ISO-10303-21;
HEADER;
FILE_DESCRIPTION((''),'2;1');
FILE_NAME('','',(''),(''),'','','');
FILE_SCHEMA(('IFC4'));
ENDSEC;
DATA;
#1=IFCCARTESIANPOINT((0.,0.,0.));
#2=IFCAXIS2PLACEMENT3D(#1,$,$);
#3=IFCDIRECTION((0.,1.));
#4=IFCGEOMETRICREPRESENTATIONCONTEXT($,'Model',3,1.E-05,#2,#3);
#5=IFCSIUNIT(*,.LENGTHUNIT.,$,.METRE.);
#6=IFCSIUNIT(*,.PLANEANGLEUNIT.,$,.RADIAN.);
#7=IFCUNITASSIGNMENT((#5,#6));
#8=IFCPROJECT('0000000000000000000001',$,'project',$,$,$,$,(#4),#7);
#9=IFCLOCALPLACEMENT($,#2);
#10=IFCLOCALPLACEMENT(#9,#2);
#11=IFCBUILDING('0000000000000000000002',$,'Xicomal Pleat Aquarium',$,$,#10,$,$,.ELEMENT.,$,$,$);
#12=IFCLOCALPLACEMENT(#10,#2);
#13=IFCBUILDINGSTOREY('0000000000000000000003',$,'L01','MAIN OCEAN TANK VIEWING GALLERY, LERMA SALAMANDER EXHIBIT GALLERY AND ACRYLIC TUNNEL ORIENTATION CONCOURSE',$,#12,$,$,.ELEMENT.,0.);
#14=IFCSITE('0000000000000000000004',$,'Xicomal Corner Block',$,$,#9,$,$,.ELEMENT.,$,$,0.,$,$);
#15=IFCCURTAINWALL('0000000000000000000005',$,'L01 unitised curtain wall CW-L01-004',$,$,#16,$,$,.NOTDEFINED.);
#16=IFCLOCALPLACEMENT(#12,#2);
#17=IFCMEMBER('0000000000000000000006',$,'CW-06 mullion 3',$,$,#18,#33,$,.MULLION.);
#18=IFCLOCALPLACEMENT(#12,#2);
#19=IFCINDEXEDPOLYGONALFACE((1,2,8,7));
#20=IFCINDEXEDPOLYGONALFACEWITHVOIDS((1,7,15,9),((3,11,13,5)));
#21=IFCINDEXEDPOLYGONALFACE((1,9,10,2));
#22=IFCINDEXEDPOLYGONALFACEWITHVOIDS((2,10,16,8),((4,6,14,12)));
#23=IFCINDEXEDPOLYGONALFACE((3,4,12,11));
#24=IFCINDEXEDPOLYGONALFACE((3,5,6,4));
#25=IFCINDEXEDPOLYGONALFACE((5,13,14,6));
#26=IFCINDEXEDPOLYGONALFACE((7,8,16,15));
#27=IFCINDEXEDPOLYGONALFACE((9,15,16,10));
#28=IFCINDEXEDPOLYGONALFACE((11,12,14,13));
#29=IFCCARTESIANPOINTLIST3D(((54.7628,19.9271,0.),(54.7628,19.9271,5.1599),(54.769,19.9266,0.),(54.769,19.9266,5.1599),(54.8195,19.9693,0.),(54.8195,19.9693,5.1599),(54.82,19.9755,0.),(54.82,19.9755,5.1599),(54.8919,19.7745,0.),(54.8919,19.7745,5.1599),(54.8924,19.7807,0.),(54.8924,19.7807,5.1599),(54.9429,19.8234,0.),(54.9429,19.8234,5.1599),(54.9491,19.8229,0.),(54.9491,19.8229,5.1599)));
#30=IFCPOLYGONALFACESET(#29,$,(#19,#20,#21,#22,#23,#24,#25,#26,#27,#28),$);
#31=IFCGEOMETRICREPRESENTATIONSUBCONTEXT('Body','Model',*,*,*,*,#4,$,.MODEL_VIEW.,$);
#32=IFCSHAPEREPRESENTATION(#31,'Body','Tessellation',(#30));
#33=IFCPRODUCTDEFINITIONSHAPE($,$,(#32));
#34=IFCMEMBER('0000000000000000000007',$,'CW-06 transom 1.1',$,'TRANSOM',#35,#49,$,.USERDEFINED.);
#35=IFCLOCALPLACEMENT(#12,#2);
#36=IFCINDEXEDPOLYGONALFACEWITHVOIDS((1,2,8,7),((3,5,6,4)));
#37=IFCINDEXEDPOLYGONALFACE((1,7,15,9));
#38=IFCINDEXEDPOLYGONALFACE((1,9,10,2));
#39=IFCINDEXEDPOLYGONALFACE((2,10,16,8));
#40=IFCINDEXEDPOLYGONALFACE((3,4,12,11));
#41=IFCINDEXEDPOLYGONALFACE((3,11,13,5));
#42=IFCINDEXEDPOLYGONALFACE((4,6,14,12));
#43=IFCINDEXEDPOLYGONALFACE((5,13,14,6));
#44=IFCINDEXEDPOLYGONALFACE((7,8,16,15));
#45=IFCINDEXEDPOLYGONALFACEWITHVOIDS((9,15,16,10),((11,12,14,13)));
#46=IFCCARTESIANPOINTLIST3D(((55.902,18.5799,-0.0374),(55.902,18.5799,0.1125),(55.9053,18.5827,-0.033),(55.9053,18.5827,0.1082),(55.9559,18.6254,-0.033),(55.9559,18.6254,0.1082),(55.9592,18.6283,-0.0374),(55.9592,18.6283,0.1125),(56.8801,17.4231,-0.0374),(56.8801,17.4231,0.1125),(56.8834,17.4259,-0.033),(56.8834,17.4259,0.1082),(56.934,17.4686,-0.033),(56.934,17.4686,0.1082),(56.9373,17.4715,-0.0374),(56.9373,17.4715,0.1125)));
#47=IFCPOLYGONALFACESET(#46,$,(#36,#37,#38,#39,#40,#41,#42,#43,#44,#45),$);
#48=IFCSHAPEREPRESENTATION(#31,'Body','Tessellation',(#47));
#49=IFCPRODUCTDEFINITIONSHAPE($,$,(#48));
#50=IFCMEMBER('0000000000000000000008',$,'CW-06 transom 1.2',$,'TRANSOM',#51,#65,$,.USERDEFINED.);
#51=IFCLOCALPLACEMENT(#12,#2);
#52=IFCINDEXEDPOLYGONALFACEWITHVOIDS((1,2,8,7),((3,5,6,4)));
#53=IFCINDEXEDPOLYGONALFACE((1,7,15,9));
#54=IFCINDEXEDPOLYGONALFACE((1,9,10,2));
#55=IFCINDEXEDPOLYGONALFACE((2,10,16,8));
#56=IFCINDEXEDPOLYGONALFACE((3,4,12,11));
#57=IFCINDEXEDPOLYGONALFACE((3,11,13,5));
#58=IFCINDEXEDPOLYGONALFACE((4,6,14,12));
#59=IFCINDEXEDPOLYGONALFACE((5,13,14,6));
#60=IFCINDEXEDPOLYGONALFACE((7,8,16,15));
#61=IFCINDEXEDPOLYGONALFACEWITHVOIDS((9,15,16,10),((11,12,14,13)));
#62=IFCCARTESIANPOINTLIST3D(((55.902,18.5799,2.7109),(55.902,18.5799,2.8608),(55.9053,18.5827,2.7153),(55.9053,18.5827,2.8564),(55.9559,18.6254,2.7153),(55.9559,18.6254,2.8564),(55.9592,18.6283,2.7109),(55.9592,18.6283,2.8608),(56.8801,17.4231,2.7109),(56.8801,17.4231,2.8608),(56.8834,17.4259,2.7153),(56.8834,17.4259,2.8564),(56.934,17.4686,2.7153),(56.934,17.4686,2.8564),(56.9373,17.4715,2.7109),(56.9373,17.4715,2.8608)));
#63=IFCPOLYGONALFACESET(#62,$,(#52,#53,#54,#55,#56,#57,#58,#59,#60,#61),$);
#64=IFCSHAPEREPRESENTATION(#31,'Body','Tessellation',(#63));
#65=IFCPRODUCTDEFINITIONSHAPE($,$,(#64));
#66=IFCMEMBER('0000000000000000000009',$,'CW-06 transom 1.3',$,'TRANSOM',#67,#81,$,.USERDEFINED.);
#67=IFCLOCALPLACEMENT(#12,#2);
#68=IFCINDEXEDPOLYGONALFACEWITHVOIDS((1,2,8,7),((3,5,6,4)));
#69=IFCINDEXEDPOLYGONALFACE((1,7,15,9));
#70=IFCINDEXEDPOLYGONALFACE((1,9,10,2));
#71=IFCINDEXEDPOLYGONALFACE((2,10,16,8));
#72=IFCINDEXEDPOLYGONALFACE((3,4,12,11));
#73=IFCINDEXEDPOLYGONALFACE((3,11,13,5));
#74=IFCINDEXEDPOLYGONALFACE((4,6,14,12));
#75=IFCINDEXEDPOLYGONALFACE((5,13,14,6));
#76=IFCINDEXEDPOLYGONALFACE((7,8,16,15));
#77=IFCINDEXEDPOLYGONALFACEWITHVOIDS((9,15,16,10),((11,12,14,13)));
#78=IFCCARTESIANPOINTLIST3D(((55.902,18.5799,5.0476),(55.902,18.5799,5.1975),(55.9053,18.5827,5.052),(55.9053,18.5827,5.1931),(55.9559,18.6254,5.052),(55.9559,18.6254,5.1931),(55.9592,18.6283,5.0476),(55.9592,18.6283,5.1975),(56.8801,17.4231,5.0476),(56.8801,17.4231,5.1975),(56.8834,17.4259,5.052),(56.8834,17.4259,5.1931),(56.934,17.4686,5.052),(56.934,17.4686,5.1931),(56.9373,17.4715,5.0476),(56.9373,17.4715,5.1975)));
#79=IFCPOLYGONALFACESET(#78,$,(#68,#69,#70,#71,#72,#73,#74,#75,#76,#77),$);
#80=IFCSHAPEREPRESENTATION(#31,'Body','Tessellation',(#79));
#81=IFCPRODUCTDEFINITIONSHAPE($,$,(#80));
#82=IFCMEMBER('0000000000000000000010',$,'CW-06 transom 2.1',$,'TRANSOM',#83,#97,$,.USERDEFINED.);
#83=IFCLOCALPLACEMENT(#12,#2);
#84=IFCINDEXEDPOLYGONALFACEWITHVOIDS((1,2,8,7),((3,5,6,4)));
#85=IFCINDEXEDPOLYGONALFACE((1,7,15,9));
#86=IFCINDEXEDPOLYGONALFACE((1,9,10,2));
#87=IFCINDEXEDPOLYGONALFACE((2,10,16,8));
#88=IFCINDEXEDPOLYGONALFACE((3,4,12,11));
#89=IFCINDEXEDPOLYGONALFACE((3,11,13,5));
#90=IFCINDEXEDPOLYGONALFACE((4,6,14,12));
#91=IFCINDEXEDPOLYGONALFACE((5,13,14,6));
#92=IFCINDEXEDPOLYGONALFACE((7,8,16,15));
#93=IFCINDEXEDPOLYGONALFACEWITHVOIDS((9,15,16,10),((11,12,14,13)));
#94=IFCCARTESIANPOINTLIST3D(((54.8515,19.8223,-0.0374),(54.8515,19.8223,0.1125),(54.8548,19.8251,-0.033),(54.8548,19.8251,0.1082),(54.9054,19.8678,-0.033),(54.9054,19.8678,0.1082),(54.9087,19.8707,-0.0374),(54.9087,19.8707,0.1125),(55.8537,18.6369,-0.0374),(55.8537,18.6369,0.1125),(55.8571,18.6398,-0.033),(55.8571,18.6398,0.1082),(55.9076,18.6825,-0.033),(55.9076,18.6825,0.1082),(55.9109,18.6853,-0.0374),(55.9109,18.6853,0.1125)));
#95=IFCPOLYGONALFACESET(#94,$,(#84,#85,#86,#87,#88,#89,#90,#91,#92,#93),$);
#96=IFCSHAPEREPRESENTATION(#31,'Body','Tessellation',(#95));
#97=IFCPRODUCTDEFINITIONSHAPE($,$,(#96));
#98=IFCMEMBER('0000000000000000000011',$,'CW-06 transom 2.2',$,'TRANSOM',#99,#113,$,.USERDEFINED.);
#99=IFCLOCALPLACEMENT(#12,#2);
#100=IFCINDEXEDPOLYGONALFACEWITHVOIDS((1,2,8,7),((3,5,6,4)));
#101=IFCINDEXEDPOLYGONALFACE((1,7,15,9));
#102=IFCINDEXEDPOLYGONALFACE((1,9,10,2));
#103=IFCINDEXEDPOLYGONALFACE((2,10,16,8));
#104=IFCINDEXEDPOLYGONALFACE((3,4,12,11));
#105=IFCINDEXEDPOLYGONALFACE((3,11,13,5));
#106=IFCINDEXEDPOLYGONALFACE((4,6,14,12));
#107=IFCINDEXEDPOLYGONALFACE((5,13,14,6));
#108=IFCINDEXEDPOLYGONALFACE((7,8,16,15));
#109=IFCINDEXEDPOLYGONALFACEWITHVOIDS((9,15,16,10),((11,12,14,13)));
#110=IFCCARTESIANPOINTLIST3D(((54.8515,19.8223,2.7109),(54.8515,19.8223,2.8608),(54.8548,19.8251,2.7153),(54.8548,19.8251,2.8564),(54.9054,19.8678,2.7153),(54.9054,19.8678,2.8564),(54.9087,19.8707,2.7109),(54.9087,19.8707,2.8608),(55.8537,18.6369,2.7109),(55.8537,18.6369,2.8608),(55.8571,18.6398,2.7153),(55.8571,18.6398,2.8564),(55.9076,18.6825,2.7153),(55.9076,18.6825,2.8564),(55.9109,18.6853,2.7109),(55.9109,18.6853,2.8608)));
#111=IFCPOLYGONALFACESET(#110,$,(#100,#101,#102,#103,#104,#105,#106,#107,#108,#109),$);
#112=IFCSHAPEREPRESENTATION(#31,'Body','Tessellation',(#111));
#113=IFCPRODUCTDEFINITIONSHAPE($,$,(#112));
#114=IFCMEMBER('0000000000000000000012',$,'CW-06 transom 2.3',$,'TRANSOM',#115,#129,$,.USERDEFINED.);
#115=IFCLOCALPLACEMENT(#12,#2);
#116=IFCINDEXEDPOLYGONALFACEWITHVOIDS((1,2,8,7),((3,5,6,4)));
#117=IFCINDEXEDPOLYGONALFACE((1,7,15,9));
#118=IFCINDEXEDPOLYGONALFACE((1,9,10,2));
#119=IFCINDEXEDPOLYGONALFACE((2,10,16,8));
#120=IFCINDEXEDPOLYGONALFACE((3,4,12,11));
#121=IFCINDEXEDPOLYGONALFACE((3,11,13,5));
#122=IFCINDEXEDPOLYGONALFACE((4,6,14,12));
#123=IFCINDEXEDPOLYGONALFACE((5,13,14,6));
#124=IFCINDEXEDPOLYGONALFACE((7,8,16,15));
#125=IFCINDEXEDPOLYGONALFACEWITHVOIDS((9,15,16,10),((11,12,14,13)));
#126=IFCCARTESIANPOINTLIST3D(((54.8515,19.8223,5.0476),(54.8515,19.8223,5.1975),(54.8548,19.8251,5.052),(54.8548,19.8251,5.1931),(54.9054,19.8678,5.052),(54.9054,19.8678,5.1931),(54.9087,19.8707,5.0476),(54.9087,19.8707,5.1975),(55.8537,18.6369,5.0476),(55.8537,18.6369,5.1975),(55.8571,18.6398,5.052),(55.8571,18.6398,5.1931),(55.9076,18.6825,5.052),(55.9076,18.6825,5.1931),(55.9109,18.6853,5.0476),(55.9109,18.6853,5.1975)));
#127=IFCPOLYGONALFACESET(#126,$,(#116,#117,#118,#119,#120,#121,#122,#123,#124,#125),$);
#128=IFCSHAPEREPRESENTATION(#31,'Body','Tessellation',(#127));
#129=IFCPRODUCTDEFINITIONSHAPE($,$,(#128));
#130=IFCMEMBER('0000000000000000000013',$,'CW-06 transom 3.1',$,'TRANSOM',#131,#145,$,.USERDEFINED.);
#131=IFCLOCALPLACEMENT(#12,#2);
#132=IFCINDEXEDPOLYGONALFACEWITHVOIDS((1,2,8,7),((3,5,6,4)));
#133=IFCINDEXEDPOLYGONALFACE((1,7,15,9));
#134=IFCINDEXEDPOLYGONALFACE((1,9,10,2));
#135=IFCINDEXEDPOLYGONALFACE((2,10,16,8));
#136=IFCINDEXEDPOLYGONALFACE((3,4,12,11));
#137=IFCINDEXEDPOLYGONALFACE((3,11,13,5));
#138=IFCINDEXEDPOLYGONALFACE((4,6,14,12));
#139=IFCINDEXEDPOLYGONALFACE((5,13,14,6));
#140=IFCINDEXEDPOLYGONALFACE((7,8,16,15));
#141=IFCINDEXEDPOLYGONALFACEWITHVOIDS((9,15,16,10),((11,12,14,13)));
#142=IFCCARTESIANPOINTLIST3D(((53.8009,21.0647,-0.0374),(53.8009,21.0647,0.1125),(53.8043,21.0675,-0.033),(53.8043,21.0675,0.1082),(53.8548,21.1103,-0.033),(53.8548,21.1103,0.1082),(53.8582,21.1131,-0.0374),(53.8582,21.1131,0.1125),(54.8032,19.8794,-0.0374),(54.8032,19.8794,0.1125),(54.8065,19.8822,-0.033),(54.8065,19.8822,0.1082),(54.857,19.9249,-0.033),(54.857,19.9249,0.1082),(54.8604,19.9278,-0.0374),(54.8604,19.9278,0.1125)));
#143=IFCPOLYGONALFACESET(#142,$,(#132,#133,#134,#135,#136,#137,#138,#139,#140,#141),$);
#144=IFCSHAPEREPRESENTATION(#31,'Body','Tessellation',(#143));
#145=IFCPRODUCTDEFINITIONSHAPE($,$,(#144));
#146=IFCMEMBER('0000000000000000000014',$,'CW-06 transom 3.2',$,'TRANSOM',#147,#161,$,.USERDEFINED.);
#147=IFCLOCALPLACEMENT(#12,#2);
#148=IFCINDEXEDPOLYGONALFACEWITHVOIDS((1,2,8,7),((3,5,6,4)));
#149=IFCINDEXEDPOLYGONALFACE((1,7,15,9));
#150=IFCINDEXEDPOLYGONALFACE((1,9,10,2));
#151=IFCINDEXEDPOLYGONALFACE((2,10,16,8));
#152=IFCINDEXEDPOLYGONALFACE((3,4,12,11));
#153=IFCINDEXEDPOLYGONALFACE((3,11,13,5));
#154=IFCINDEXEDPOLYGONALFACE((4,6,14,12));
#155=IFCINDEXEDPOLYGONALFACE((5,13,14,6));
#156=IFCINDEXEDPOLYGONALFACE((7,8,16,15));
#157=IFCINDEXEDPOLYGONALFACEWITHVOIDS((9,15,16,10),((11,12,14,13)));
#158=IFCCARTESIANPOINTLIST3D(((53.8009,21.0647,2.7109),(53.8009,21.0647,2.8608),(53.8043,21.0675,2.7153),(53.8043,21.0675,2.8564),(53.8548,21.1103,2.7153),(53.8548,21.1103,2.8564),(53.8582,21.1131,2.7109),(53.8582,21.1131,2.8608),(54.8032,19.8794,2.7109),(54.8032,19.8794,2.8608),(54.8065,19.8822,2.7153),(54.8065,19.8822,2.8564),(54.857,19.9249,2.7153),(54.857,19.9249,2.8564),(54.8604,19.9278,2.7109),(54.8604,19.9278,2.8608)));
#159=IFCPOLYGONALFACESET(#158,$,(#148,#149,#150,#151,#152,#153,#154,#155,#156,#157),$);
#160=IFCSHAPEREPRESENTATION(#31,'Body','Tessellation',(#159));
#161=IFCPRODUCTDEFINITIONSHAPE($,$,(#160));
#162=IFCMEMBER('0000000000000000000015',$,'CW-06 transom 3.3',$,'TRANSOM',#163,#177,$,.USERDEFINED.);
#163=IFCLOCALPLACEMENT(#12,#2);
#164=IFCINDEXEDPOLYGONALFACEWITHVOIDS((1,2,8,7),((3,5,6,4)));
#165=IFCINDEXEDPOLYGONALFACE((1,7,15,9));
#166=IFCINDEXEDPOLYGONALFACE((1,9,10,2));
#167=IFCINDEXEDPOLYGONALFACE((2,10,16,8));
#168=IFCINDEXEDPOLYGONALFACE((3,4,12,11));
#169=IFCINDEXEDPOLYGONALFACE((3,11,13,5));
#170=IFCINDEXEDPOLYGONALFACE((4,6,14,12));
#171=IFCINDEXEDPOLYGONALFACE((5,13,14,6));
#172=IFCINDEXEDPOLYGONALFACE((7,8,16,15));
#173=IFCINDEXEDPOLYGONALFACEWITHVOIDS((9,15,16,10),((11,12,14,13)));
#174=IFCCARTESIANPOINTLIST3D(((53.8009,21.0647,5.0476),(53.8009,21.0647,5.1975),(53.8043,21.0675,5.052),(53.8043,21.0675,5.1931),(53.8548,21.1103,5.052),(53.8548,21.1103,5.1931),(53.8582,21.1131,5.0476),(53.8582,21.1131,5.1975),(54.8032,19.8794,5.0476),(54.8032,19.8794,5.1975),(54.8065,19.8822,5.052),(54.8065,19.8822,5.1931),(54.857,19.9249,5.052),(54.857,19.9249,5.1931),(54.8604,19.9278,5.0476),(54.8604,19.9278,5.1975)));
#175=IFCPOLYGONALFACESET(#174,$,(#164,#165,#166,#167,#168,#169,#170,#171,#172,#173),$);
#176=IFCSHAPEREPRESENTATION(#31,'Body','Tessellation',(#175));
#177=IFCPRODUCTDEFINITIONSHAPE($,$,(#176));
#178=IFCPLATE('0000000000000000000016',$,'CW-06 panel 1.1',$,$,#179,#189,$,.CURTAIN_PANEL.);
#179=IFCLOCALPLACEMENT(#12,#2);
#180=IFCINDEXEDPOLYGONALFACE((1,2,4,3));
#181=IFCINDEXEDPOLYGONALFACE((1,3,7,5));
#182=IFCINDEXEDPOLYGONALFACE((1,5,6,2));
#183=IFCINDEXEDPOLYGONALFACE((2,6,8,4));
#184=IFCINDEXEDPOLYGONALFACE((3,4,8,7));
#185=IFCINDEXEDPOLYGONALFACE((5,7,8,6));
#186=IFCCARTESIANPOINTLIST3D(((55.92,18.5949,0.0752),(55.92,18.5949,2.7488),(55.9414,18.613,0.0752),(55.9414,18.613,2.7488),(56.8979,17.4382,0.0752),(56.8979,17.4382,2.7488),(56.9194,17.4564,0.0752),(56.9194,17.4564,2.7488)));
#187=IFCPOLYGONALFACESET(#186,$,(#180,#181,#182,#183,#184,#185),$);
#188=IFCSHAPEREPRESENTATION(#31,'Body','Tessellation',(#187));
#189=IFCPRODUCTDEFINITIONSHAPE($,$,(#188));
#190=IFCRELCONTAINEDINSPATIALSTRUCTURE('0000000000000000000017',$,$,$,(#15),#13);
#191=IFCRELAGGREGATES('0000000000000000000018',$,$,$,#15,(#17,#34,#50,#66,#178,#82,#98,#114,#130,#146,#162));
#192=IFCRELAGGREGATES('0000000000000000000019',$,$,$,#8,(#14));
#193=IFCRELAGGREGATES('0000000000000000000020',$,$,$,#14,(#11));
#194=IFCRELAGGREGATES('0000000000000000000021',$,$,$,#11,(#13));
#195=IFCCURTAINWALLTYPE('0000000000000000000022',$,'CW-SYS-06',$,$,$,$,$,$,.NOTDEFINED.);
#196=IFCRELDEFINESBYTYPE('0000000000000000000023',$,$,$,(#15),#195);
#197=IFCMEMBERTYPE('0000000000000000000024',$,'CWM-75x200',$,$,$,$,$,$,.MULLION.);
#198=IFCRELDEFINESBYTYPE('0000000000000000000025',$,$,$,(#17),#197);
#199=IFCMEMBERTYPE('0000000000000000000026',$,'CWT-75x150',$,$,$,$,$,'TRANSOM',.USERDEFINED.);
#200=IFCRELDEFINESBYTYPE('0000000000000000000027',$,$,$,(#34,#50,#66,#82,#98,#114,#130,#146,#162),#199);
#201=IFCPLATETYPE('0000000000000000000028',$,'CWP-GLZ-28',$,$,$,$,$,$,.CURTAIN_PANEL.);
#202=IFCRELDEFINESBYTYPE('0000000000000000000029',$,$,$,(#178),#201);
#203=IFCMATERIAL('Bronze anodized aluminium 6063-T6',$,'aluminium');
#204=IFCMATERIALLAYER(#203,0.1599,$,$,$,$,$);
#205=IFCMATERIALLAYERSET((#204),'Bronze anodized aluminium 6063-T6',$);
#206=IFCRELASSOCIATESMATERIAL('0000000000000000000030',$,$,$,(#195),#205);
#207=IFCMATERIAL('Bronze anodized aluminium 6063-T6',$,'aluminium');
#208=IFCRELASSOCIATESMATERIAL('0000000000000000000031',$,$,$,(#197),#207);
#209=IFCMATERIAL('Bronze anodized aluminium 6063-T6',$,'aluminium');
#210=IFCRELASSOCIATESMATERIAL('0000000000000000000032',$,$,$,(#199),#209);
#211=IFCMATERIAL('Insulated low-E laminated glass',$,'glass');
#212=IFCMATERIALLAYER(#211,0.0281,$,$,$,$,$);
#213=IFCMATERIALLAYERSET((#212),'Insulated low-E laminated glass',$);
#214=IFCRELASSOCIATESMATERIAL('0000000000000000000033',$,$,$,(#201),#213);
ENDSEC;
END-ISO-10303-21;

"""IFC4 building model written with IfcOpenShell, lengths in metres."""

from ifc_helpers import new_model, si_unit, direction, frame, origin, origin_2d, place, context, subcontext, project, spatial, rectangle, hollow_rectangle, extrude, material, layer, layer_set, material_profile, profile_set, type_object, element, aggregate, save


model = new_model("IFC4")

# Units and contexts
model_context = context("Model", 3, precision=1e-05, world=origin(), true_north=direction((0.0, 1.0)))
body_context = subcontext(model_context, "Body", "Model", "MODEL_VIEW")
ifc_project = project(units=[si_unit("LENGTHUNIT", "METRE"), si_unit("PLANEANGLEUNIT", "RADIAN")], contexts=[model_context])

# Site, building, storey
site_placement = place(None, origin())
site = spatial("IfcSite", under=ifc_project, at=site_placement, Name="Xicomal Corner Block", CompositionType="ELEMENT", RefElevation=0.0)
building_placement = place(site_placement, origin())
building = spatial("IfcBuilding", under=site, at=building_placement, Name="Xicomal Pleat Aquarium", CompositionType="ELEMENT")
storey_placement = place(building_placement, origin())
storey = spatial("IfcBuildingStorey", under=building, at=storey_placement, Name="L01", Description="MAIN OCEAN TANK VIEWING GALLERY, LERMA SALAMANDER EXHIBIT GALLERY AND ACRYLIC TUNNEL ORIENTATION CONCOURSE", CompositionType="ELEMENT", Elevation=0.0)

# Curtain wall, members, plate
ifc_material_1 = material(Name="Bronze anodized aluminium 6063-T6", Category="aluminium")
ifc_layer_1 = layer(ifc_material_1, 0.1599)
ifc_layer_set_1 = layer_set([ifc_layer_1], Name="Bronze anodized aluminium 6063-T6")
curtain_wall_type = type_object("IfcCurtainWallType", Name="CW-SYS-06", PredefinedType="NOTDEFINED", material=ifc_layer_set_1)
curtain_wall_placement = place(storey_placement, origin())
curtain_wall = element("IfcCurtainWall", 1, at=curtain_wall_placement, inside=storey, type_object=curtain_wall_type, Name="L01 unitised curtain wall CW-L01-004", PredefinedType="NOTDEFINED")
ifc_material_2 = material(Name="Bronze anodized aluminium 6063-T6", Category="aluminium")
ifc_material_profile_1 = material_profile(ifc_material_2, hollow_rectangle(XDim=0.075, YDim=0.2, WallThickness=0.0044, at=origin_2d()), Name="ALU MULL 75x200")
ifc_profile_set_1 = profile_set([ifc_material_profile_1], Name="Bronze anodized aluminium 6063-T6")
member_type_1 = type_object("IfcMemberType", Name="CWM-75x200", PredefinedType="MULLION", material=ifc_profile_set_1)
member_1_placement = place(storey_placement, frame((54.856, 19.875, 0.0), z_axis=(0.0, 0.0, 1.0), x_axis=(-0.763643, -0.645639, 0.0)))
member_1 = element("IfcMember", 2, at=member_1_placement, type_object=member_type_1, Name="CW-06 mullion 3", PredefinedType="MULLION", context=body_context, shape_type="SweptSolid", body=[
    extrude(hollow_rectangle(XDim=0.075, YDim=0.2, WallThickness=0.0044, at=origin_2d()), origin(), (0.0, 0.0, 1.0), 5.1599),
])
ifc_material_3 = material(Name="Bronze anodized aluminium 6063-T6", Category="aluminium")
ifc_material_profile_2 = material_profile(ifc_material_3, hollow_rectangle(XDim=0.075, YDim=0.1499, WallThickness=0.0044, at=origin_2d()), Name="ALU TRAN 75x150")
ifc_profile_set_2 = profile_set([ifc_material_profile_2], Name="Bronze anodized aluminium 6063-T6")
member_type_2 = type_object("IfcMemberType", Name="CWT-75x150", ElementType="TRANSOM", PredefinedType="USERDEFINED", material=ifc_profile_set_2)
member_2_placement = place(storey_placement, frame((56.9087, 17.4473, 0.0376), z_axis=(-0.645653, 0.763631, 0.0), x_axis=(-0.763631, -0.645653, 0.0)))
member_2 = element("IfcMember", 3, at=member_2_placement, type_object=member_type_2, Name="CW-06 transom 1.1", ObjectType="TRANSOM", PredefinedType="USERDEFINED", context=body_context, shape_type="SweptSolid", body=[
    extrude(hollow_rectangle(XDim=0.075, YDim=0.1499, WallThickness=0.0044, at=origin_2d()), origin(), (0.0, 0.0, 1.0), 1.5149),
])
member_3_placement = place(storey_placement, frame((56.9087, 17.4473, 2.7859), z_axis=(-0.645653, 0.763631, 0.0), x_axis=(-0.763631, -0.645653, 0.0)))
member_3 = element("IfcMember", 4, at=member_3_placement, type_object=member_type_2, Name="CW-06 transom 1.2", ObjectType="TRANSOM", PredefinedType="USERDEFINED", context=body_context, shape_type="SweptSolid", body=[
    extrude(hollow_rectangle(XDim=0.075, YDim=0.1499, WallThickness=0.0044, at=origin_2d()), origin(), (0.0, 0.0, 1.0), 1.5149),
])
member_4_placement = place(storey_placement, frame((56.9087, 17.4473, 5.1226), z_axis=(-0.645653, 0.763631, 0.0), x_axis=(-0.763631, -0.645653, 0.0)))
member_4 = element("IfcMember", 5, at=member_4_placement, type_object=member_type_2, Name="CW-06 transom 1.3", ObjectType="TRANSOM", PredefinedType="USERDEFINED", context=body_context, shape_type="SweptSolid", body=[
    extrude(hollow_rectangle(XDim=0.075, YDim=0.1499, WallThickness=0.0044, at=origin_2d()), origin(), (0.0, 0.0, 1.0), 1.5149),
])
member_5_placement = place(storey_placement, frame((55.8823, 18.6611, 0.0376), z_axis=(-0.64566, 0.763625, 0.0), x_axis=(-0.763625, -0.64566, 0.0)))
member_5 = element("IfcMember", 6, at=member_5_placement, type_object=member_type_2, Name="CW-06 transom 2.1", ObjectType="TRANSOM", PredefinedType="USERDEFINED", context=body_context, shape_type="SweptSolid", body=[
    extrude(hollow_rectangle(XDim=0.075, YDim=0.1499, WallThickness=0.0044, at=origin_2d()), origin(), (0.0, 0.0, 1.0), 1.5522),
])
member_6_placement = place(storey_placement, frame((55.8823, 18.6611, 2.7859), z_axis=(-0.64566, 0.763625, 0.0), x_axis=(-0.763625, -0.64566, 0.0)))
member_6 = element("IfcMember", 7, at=member_6_placement, type_object=member_type_2, Name="CW-06 transom 2.2", ObjectType="TRANSOM", PredefinedType="USERDEFINED", context=body_context, shape_type="SweptSolid", body=[
    extrude(hollow_rectangle(XDim=0.075, YDim=0.1499, WallThickness=0.0044, at=origin_2d()), origin(), (0.0, 0.0, 1.0), 1.5522),
])
member_7_placement = place(storey_placement, frame((55.8823, 18.6611, 5.1226), z_axis=(-0.64566, 0.763625, 0.0), x_axis=(-0.763625, -0.64566, 0.0)))
member_7 = element("IfcMember", 8, at=member_7_placement, type_object=member_type_2, Name="CW-06 transom 2.3", ObjectType="TRANSOM", PredefinedType="USERDEFINED", context=body_context, shape_type="SweptSolid", body=[
    extrude(hollow_rectangle(XDim=0.075, YDim=0.1499, WallThickness=0.0044, at=origin_2d()), origin(), (0.0, 0.0, 1.0), 1.5522),
])
member_8_placement = place(storey_placement, frame((54.8318, 19.9036, 0.0376), z_axis=(-0.64566, 0.763625, 0.0), x_axis=(-0.763625, -0.64566, 0.0)))
member_8 = element("IfcMember", 9, at=member_8_placement, type_object=member_type_2, Name="CW-06 transom 3.1", ObjectType="TRANSOM", PredefinedType="USERDEFINED", context=body_context, shape_type="SweptSolid", body=[
    extrude(hollow_rectangle(XDim=0.075, YDim=0.1499, WallThickness=0.0044, at=origin_2d()), origin(), (0.0, 0.0, 1.0), 1.5522),
])
member_9_placement = place(storey_placement, frame((54.8318, 19.9036, 2.7859), z_axis=(-0.64566, 0.763625, 0.0), x_axis=(-0.763625, -0.64566, 0.0)))
member_9 = element("IfcMember", 10, at=member_9_placement, type_object=member_type_2, Name="CW-06 transom 3.2", ObjectType="TRANSOM", PredefinedType="USERDEFINED", context=body_context, shape_type="SweptSolid", body=[
    extrude(hollow_rectangle(XDim=0.075, YDim=0.1499, WallThickness=0.0044, at=origin_2d()), origin(), (0.0, 0.0, 1.0), 1.5522),
])
member_10_placement = place(storey_placement, frame((54.8318, 19.9036, 5.1226), z_axis=(-0.64566, 0.763625, 0.0), x_axis=(-0.763625, -0.64566, 0.0)))
member_10 = element("IfcMember", 11, at=member_10_placement, type_object=member_type_2, Name="CW-06 transom 3.3", ObjectType="TRANSOM", PredefinedType="USERDEFINED", context=body_context, shape_type="SweptSolid", body=[
    extrude(hollow_rectangle(XDim=0.075, YDim=0.1499, WallThickness=0.0044, at=origin_2d()), origin(), (0.0, 0.0, 1.0), 1.5522),
])
ifc_material_4 = material(Name="Insulated low-E laminated glass", Category="glass")
ifc_layer_2 = layer(ifc_material_4, 0.0281)
ifc_layer_set_2 = layer_set([ifc_layer_2], Name="Insulated low-E laminated glass")
plate_type = type_object("IfcPlateType", Name="CWP-GLZ-28", PredefinedType="CURTAIN_PANEL", material=ifc_layer_set_2)
plate_1_placement = place(storey_placement, frame((56.4197, 18.0256, 0.0752), z_axis=(0.0, 0.0, 1.0), x_axis=(-0.645639, 0.763643, 0.0)))
plate_1 = element("IfcPlate", 12, at=plate_1_placement, type_object=plate_type, Name="CW-06 panel 1.1", PredefinedType="CURTAIN_PANEL", context=body_context, shape_type="SweptSolid", body=[
    extrude(rectangle(XDim=1.5146, YDim=0.0281, at=origin_2d()), origin(), (0.0, 0.0, 1.0), 2.6736),
])
aggregate(curtain_wall, [member_1, member_2, member_3, member_4, plate_1, member_5, member_6, member_7, member_8, member_9, member_10])

save(model, "model.ifc")
